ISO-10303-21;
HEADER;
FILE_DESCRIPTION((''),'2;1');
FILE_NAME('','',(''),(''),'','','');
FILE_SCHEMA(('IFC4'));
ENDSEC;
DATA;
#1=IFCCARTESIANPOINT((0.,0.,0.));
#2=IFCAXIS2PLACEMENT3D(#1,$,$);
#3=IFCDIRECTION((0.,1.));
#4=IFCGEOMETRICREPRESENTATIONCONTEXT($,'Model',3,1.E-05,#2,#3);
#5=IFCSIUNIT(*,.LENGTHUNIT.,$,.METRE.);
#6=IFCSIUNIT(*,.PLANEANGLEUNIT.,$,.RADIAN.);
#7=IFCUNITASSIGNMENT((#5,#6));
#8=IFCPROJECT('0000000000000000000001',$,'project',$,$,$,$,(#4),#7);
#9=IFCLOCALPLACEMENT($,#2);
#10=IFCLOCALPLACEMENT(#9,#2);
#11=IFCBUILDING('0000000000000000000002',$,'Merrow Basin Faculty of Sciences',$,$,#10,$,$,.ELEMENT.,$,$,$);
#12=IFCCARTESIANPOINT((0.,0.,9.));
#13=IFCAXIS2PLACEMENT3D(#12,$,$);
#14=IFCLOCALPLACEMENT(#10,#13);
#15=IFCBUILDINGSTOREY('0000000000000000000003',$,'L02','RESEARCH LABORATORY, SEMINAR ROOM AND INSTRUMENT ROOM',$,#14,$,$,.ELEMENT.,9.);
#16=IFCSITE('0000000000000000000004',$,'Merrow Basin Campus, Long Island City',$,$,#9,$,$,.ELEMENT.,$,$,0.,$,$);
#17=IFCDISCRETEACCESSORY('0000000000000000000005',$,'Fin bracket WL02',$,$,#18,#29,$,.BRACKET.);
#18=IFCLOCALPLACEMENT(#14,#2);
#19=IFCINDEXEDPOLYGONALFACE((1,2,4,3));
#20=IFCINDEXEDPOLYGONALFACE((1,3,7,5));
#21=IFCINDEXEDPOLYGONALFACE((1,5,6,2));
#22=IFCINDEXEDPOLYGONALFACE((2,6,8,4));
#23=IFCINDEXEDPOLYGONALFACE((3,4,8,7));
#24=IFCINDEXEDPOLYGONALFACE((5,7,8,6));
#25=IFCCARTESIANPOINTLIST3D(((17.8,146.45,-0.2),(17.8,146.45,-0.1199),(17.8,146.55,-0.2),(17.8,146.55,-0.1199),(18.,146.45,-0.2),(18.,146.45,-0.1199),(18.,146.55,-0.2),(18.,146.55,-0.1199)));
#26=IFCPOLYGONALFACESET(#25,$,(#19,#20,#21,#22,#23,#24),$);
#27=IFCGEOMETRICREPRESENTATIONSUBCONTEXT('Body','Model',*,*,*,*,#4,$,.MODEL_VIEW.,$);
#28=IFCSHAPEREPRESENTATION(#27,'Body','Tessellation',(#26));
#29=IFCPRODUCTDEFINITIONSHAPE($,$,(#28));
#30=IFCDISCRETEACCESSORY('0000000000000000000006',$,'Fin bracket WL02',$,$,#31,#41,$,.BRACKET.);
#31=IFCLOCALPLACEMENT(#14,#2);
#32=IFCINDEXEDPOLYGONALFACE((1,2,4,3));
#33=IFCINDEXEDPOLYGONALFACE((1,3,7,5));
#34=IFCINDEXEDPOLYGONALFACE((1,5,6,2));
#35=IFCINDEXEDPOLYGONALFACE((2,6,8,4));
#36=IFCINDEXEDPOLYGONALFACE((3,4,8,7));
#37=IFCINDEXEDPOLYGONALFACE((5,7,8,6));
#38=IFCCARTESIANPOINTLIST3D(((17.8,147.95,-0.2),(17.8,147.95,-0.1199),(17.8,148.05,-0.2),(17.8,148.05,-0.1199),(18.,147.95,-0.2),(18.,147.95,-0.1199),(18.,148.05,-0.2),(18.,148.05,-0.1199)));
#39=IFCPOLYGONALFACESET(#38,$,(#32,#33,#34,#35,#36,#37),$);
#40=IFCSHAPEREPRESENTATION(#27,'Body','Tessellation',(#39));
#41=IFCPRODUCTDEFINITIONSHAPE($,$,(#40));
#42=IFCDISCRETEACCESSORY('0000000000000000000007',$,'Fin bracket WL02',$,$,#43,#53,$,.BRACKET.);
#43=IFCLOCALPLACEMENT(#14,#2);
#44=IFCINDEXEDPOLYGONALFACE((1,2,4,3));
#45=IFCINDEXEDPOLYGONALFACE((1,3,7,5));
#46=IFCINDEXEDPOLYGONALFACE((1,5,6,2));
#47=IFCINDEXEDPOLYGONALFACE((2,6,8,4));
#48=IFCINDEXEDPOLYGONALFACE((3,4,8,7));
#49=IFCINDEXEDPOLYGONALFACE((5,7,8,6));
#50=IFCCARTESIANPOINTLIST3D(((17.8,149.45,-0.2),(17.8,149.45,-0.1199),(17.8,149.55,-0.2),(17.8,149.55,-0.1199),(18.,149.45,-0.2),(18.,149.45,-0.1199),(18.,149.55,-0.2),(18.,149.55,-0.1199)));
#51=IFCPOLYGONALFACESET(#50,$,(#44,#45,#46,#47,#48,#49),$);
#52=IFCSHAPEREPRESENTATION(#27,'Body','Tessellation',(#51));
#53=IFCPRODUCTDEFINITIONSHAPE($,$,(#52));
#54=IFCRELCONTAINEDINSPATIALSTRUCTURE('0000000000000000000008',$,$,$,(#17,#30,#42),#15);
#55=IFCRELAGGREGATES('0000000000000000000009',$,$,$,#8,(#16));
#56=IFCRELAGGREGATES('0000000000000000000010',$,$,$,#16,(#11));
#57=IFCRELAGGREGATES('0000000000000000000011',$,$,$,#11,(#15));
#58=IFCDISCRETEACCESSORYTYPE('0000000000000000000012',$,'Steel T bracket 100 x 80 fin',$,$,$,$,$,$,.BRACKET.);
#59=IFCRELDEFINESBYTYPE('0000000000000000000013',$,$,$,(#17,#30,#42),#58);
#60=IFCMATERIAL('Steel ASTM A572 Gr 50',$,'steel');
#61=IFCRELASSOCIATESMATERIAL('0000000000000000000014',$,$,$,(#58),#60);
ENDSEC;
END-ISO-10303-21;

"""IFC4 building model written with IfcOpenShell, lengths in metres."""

from ifc_helpers import new_model, si_unit, direction, frame, origin, place, context, subcontext, project, spatial, polyline, outline, extrude, source, transform, mapped, material, type_object, element, save


model = new_model("IFC4")

# Units and contexts
model_context = context("Model", 3, precision=1e-05, world=origin(), true_north=direction((0.0, 1.0)))
body_context = subcontext(model_context, "Body", "Model", "MODEL_VIEW")
ifc_project = project(units=[si_unit("LENGTHUNIT", "METRE"), si_unit("PLANEANGLEUNIT", "RADIAN")], contexts=[model_context])

# Site, building, storey
site_placement = place(None, origin())
site = spatial("IfcSite", under=ifc_project, at=site_placement, Name="Merrow Basin Campus, Long Island City", CompositionType="ELEMENT", RefElevation=0.0)
building_placement = place(site_placement, origin())
building = spatial("IfcBuilding", under=site, at=building_placement, Name="Merrow Basin Faculty of Sciences", CompositionType="ELEMENT")
storey_placement = place(building_placement, frame((0.0, 0.0, 9.0)))
storey = spatial("IfcBuildingStorey", under=building, at=storey_placement, Name="L02", Description="RESEARCH LABORATORY, SEMINAR ROOM AND INSTRUMENT ROOM", CompositionType="ELEMENT", Elevation=9.0)

# Discrete accessories
ifc_material_1 = material(Name="Steel ASTM A572 Gr 50", Category="steel")
discrete_accessory_type = type_object("IfcDiscreteAccessoryType", Name="Steel T bracket 100 x 80 fin", PredefinedType="BRACKET", material=ifc_material_1)
shared_shape_1 = source(origin(), body_context, "Body", "SweptSolid", [
    extrude(outline(polyline([(0.0, 0.0), (0.1001, 0.0), (0.1001, 0.0801), (0.0, 0.0801), (0.0, 0.0)])), origin(), (0.0, 0.0, 1.0), 0.2),
])
for number, where, z_axis, x_axis, name in (
    (1, (18.0, 146.55, -0.2), (-1.0, 0.0, 0.0), (0.0, -1.0, 0.0), "Fin bracket WL02"),
    (2, (18.0, 148.05, -0.2), (-1.0, 0.0, 0.0), (0.0, -1.0, 0.0), "Fin bracket WL02"),
    (3, (18.0, 149.55, -0.2), (-1.0, 0.0, 0.0), (0.0, -1.0, 0.0), "Fin bracket WL02"),
):
    element("IfcDiscreteAccessory", number, at=place(storey_placement, frame(where, z_axis=z_axis, x_axis=x_axis)), inside=storey, type_object=discrete_accessory_type, Name=name, PredefinedType="BRACKET", context=body_context, shape_type="MappedRepresentation", body=[
        mapped(shared_shape_1, transform((0.0, 0.0, 0.0), scale=1.0)),
    ])

save(model, "model.ifc")
